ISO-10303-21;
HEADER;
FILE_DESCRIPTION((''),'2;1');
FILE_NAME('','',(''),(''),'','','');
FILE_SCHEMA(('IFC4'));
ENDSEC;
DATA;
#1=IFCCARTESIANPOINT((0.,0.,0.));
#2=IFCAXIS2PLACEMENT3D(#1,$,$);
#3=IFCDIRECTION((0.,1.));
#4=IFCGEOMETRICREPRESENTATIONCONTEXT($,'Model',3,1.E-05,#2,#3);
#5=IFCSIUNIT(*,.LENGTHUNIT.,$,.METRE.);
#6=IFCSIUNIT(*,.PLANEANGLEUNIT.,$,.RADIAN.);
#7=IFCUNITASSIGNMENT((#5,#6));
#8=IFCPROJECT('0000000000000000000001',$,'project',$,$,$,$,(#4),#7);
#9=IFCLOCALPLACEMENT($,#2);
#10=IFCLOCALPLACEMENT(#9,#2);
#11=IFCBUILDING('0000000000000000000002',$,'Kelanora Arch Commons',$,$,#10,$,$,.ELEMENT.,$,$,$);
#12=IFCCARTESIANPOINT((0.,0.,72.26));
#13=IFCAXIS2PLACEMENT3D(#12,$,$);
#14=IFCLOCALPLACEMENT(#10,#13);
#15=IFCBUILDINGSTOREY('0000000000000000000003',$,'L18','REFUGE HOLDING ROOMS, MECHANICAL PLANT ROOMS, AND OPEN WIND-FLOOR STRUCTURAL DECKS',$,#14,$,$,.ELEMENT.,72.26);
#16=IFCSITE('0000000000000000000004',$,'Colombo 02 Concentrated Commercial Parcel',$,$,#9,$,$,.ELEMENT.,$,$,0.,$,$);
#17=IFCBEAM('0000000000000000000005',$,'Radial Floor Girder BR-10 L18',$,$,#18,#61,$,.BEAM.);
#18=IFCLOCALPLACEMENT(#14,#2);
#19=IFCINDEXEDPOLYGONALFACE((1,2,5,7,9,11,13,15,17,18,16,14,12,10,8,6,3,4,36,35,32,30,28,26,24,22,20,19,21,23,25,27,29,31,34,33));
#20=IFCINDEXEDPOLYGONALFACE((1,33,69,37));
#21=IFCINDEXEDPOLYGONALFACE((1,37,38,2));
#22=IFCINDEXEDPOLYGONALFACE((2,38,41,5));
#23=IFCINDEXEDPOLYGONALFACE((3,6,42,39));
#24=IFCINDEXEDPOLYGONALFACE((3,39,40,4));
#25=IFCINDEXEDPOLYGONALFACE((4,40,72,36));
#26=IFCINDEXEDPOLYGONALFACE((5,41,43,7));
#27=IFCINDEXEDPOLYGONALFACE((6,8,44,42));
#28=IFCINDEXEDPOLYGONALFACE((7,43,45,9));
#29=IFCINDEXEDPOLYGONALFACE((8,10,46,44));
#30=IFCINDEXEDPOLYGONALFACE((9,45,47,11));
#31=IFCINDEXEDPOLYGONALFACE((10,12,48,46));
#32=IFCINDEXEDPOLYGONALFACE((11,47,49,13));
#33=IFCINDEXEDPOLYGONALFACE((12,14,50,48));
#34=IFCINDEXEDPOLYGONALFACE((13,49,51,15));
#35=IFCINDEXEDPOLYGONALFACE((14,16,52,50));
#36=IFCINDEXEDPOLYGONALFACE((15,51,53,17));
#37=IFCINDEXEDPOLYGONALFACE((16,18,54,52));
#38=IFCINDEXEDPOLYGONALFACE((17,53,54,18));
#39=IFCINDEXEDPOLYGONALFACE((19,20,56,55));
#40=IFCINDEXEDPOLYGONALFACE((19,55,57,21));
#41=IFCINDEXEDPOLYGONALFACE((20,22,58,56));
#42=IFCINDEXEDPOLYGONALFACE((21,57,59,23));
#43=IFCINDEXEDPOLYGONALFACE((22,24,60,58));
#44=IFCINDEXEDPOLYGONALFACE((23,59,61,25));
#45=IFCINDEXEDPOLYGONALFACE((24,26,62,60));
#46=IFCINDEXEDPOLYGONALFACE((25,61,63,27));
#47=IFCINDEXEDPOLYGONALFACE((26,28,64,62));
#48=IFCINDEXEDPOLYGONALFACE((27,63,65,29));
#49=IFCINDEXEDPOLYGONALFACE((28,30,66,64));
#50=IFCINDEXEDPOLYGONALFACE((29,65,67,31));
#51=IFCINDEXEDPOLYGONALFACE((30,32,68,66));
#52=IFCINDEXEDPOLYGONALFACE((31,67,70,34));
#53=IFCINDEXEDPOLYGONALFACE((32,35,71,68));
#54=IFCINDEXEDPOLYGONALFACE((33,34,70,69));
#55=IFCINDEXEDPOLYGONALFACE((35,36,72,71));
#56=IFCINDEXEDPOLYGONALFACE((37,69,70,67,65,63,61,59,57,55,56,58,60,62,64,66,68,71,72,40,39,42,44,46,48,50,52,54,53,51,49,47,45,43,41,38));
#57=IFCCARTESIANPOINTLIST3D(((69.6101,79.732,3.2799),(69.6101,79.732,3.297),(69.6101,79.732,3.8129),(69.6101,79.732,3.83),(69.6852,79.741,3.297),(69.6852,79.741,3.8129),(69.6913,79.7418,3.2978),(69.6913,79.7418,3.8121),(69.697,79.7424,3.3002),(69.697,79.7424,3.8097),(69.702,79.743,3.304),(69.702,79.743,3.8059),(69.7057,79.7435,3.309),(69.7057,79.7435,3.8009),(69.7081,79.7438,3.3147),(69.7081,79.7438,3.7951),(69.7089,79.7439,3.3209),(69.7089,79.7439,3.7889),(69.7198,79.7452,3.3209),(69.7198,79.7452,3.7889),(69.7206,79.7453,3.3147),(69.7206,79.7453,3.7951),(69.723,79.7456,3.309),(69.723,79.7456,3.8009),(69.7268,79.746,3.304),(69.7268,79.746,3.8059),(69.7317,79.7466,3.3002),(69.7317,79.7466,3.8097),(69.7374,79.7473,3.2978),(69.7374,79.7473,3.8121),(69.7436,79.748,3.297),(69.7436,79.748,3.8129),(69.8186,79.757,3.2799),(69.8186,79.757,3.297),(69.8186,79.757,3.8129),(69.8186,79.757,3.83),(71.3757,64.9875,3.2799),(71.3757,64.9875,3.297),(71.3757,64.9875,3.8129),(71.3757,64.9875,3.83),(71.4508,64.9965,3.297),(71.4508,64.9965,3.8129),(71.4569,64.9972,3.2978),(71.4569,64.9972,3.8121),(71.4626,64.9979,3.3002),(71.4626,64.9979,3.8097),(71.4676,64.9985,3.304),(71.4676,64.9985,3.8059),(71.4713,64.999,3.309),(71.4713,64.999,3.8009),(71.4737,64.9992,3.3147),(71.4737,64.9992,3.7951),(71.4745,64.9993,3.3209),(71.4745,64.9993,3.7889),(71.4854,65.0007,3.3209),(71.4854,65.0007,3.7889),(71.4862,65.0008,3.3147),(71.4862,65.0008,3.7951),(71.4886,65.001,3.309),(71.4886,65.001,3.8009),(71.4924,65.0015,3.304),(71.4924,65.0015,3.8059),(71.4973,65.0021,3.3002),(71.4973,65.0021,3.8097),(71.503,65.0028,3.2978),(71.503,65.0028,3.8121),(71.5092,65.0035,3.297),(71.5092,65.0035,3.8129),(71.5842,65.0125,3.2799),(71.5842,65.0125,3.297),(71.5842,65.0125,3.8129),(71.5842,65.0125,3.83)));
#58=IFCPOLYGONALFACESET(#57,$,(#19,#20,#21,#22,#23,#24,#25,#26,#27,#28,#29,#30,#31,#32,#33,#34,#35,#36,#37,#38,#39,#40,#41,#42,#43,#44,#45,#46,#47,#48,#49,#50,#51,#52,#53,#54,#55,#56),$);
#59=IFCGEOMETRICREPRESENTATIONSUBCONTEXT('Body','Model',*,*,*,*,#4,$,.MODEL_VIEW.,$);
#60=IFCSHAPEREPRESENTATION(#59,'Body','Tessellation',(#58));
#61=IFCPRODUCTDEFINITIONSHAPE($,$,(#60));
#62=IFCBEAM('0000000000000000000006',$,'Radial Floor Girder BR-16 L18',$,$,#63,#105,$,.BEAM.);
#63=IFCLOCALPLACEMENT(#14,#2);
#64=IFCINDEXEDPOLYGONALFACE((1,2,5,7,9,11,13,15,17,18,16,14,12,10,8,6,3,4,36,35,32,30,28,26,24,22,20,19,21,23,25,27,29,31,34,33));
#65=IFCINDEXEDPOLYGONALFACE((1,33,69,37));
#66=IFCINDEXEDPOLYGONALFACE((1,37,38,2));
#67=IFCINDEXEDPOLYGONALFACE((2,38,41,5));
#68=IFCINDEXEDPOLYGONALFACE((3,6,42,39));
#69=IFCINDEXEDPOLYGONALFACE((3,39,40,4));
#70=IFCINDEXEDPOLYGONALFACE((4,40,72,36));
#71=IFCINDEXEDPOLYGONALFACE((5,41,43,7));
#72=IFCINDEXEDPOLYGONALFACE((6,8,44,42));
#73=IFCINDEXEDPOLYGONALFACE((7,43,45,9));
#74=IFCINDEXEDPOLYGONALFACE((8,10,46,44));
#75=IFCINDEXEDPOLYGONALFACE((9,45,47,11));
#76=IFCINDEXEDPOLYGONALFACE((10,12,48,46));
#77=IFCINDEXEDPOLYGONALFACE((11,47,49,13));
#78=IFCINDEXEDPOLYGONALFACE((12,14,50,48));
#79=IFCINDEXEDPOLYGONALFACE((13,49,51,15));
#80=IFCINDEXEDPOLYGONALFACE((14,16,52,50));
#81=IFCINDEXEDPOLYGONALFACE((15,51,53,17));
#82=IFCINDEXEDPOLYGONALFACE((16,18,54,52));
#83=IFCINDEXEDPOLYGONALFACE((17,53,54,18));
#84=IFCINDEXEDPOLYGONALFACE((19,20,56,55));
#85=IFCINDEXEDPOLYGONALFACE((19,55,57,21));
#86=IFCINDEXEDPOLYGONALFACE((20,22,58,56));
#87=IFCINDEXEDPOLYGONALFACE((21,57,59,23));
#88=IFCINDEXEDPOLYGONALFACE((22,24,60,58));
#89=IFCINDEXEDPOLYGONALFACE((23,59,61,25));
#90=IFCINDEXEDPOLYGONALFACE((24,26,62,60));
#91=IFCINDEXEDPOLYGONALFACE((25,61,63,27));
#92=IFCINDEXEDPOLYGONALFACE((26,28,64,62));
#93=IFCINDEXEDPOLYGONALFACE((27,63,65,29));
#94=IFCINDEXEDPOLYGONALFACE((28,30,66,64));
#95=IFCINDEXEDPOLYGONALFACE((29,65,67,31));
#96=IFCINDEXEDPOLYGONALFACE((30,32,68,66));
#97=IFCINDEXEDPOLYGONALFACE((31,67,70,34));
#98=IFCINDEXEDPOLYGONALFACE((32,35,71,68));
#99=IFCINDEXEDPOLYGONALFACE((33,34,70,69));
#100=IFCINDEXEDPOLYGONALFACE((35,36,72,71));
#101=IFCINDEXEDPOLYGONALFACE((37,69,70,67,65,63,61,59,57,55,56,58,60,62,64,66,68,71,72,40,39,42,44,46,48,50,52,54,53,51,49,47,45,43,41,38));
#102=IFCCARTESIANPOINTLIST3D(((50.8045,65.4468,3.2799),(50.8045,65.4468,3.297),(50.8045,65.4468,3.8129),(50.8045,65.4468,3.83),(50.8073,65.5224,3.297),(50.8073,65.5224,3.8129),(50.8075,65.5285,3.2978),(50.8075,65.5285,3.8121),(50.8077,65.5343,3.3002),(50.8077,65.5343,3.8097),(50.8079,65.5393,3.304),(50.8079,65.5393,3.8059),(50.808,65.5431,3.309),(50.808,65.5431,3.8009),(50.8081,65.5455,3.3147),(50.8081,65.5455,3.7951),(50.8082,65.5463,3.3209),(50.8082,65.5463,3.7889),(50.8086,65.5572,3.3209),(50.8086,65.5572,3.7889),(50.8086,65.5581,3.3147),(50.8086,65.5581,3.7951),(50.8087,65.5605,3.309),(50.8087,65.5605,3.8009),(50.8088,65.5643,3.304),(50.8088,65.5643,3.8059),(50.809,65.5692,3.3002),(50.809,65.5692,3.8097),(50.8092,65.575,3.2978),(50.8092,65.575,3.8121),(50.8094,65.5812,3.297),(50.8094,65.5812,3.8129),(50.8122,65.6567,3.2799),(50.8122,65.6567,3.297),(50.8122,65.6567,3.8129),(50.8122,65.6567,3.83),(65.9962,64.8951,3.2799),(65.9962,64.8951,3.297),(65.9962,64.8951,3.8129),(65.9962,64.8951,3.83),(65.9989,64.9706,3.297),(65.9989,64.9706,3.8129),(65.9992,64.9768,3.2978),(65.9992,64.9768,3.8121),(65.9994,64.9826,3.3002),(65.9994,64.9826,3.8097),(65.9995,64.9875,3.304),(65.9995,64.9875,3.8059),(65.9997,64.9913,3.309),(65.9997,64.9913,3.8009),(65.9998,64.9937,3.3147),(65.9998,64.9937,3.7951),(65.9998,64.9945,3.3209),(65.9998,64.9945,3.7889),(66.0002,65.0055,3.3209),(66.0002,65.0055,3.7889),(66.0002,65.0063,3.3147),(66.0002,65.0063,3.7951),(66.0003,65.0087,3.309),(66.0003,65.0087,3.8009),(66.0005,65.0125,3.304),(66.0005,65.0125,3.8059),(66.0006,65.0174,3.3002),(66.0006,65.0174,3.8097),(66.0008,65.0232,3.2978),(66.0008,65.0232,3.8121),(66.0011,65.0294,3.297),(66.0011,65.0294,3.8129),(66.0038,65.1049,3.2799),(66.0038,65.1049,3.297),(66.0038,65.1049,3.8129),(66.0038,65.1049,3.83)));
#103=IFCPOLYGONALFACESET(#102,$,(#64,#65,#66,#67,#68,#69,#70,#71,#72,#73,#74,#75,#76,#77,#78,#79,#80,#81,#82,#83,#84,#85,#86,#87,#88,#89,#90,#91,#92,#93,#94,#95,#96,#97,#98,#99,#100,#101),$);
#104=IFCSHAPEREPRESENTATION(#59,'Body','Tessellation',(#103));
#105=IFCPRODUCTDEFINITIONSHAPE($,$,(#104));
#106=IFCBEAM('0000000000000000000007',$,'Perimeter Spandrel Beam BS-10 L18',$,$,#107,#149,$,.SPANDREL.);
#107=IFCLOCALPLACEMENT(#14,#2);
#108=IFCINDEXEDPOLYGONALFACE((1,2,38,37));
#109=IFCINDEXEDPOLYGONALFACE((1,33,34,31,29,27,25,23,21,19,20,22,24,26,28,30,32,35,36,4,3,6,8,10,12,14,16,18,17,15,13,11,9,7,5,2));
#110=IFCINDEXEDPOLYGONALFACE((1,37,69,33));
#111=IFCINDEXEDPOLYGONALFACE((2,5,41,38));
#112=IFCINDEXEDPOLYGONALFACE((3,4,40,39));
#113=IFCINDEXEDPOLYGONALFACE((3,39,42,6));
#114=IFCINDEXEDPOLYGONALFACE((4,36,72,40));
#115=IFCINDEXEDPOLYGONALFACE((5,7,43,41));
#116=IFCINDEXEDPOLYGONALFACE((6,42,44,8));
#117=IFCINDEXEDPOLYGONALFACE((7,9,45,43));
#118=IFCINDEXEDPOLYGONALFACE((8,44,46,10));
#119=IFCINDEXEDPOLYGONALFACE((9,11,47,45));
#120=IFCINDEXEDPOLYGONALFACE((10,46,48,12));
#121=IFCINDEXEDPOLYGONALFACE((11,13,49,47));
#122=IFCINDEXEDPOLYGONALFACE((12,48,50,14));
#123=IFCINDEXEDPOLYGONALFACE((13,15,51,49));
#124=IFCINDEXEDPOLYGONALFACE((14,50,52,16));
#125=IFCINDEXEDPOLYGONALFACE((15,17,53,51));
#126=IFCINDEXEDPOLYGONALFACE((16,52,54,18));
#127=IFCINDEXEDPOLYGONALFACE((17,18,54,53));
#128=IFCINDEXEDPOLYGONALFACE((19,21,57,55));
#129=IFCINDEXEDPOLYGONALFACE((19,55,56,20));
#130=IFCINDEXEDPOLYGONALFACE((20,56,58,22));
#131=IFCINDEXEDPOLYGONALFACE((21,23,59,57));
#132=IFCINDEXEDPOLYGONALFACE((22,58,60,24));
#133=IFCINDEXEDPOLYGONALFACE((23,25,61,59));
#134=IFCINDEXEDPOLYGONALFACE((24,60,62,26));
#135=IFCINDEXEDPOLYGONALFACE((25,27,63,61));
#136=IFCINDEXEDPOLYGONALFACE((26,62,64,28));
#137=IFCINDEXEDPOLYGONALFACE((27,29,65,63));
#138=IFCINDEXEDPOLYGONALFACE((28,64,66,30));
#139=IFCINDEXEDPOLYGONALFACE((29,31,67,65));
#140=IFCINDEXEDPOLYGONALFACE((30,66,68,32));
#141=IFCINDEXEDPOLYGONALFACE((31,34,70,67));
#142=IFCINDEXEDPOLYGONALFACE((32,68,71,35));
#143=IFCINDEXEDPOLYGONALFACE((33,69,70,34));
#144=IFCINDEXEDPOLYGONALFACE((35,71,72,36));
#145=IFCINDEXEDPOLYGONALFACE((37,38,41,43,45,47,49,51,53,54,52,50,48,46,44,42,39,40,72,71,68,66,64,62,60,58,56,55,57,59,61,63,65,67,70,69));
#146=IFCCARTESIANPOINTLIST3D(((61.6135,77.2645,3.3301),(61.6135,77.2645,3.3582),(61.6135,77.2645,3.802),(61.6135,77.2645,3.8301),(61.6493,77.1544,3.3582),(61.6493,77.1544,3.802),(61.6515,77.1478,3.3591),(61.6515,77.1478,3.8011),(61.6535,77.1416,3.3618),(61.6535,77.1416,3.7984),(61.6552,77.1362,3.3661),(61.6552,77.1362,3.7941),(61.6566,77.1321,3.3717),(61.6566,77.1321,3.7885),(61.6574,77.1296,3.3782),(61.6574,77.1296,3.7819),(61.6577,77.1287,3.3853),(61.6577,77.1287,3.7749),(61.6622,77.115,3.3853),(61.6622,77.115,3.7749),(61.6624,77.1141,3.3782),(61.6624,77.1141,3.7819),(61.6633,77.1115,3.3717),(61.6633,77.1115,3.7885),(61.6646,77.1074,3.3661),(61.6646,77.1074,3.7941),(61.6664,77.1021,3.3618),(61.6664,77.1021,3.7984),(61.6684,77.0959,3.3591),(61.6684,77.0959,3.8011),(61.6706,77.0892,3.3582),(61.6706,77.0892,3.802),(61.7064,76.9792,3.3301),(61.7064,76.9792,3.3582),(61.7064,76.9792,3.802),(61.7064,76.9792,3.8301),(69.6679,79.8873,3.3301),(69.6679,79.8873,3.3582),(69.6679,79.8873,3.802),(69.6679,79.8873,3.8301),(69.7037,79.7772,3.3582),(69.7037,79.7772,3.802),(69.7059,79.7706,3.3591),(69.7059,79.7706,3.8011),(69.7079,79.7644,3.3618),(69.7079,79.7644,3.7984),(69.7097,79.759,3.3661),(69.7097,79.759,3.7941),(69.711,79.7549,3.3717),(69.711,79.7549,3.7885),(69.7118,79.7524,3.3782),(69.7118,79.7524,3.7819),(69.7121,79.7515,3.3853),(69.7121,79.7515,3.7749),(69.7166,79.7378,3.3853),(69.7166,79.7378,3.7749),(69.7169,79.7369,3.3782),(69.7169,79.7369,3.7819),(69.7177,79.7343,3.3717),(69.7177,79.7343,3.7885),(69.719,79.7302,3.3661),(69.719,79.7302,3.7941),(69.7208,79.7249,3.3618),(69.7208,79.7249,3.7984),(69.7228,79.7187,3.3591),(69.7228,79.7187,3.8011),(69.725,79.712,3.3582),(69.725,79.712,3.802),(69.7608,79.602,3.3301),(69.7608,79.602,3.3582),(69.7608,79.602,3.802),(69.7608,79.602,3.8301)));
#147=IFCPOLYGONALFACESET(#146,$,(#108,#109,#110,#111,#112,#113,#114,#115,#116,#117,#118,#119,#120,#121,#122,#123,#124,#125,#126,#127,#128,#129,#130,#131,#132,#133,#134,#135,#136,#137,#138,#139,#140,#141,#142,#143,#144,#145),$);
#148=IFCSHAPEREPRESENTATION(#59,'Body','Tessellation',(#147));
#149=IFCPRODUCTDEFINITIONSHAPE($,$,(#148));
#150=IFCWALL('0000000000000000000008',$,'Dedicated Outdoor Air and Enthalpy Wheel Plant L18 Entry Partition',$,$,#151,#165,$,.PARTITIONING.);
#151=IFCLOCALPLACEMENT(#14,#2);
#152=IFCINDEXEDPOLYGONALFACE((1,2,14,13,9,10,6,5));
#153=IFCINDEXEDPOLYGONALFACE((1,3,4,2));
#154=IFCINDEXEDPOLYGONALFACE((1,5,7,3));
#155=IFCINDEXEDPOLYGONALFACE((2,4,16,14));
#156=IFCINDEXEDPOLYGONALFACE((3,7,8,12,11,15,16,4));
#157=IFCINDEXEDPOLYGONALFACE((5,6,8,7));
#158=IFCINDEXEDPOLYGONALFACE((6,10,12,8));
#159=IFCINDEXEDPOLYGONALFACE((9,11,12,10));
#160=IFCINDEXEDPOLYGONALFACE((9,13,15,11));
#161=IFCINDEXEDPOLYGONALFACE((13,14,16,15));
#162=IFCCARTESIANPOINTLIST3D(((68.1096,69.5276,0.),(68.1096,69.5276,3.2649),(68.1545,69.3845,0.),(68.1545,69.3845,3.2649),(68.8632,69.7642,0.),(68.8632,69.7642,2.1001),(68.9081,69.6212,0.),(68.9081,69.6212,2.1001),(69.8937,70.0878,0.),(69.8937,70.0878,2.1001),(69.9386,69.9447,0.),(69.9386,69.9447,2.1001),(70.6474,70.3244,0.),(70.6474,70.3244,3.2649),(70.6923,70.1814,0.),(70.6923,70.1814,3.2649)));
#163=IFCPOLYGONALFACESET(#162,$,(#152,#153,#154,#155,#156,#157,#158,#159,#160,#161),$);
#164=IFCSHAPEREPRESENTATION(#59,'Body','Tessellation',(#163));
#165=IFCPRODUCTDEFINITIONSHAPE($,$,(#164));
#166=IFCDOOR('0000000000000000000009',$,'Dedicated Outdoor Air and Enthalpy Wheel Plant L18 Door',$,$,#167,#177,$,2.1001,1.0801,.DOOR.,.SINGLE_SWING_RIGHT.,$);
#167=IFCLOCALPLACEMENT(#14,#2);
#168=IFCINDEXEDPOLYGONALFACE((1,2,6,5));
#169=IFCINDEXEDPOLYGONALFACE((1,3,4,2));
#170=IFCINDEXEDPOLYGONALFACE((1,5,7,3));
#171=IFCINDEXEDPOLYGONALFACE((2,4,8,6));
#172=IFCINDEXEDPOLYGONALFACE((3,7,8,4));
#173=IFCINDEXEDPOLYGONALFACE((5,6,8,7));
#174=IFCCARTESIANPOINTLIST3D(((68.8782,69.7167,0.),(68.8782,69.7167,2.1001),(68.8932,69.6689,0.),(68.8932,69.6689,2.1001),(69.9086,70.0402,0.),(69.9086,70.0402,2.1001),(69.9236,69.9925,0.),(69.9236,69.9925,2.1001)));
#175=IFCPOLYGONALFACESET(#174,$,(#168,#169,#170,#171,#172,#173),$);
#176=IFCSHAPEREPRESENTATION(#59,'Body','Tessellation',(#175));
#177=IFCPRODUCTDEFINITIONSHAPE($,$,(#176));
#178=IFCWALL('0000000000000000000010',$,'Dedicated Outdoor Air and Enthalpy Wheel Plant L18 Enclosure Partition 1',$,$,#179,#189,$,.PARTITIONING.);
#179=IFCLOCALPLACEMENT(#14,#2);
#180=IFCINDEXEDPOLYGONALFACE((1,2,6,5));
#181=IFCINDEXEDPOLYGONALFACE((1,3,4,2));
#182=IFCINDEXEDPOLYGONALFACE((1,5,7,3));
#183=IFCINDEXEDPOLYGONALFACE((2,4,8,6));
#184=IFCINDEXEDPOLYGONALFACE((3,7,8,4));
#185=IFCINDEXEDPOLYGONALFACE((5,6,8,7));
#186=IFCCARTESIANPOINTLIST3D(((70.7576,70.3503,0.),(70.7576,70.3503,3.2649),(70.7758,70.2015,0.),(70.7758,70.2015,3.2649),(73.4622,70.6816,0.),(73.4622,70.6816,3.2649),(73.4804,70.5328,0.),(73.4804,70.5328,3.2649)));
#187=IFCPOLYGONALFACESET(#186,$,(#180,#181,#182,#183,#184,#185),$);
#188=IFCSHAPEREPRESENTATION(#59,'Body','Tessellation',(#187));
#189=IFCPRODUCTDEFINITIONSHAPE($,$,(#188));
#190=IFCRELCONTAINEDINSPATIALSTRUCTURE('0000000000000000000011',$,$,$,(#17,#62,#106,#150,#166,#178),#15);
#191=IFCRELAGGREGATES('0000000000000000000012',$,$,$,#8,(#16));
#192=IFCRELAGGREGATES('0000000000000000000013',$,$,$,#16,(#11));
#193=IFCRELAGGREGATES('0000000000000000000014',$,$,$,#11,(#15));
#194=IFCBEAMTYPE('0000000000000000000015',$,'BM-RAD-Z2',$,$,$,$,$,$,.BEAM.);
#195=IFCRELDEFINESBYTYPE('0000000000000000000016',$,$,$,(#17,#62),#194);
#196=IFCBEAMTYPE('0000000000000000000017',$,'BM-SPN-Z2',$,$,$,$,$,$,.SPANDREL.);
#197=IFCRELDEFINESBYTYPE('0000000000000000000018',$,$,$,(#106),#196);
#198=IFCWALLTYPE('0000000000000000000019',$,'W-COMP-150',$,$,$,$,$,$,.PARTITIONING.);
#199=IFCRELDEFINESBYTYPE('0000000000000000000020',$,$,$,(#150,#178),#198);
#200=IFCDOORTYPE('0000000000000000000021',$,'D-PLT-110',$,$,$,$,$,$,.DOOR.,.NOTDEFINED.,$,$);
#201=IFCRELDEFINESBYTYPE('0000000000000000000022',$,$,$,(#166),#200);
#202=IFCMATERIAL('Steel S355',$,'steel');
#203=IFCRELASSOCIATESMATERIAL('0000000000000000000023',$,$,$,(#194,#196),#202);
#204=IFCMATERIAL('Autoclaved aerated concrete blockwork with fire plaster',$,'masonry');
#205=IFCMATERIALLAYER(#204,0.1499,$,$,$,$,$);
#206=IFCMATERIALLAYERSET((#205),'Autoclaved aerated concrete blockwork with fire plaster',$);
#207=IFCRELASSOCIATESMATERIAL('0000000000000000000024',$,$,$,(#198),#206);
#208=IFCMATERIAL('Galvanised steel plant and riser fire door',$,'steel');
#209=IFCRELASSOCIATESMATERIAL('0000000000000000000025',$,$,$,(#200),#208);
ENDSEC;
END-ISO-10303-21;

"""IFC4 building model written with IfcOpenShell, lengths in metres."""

from ifc_helpers import new_model, si_unit, direction, frame, frame_2d, origin, origin_2d, place, context, subcontext, project, spatial, rectangle, i_section, extrude, material, layer, layer_set, material_profile, profile_set, type_object, element, fill, save


model = new_model("IFC4")

# Units and contexts
model_context = context("Model", 3, precision=1e-05, world=origin(), true_north=direction((0.0, 1.0)))
body_context = subcontext(model_context, "Body", "Model", "MODEL_VIEW")
ifc_project = project(units=[si_unit("LENGTHUNIT", "METRE"), si_unit("PLANEANGLEUNIT", "RADIAN")], contexts=[model_context])

# Site, building, storey
site_placement = place(None, origin())
site = spatial("IfcSite", under=ifc_project, at=site_placement, Name="Colombo 02 Concentrated Commercial Parcel", CompositionType="ELEMENT", RefElevation=0.0)
building_placement = place(site_placement, origin())
building = spatial("IfcBuilding", under=site, at=building_placement, Name="Kelanora Arch Commons", CompositionType="ELEMENT")
storey_placement = place(building_placement, frame((0.0, 0.0, 72.26)))
storey = spatial("IfcBuildingStorey", under=building, at=storey_placement, Name="L18", Description="REFUGE HOLDING ROOMS, MECHANICAL PLANT ROOMS, AND OPEN WIND-FLOOR STRUCTURAL DECKS", CompositionType="ELEMENT", Elevation=72.26)

# Beams
ifc_material_1 = material(Name="Steel S355", Category="steel")
ifc_material_profile_1 = material_profile(ifc_material_1, i_section(OverallWidth=0.21, OverallDepth=0.55, WebThickness=0.011, FlangeThickness=0.0171, FilletRadius=0.0239, at=origin_2d()), Name="IPE550")
ifc_profile_set_1 = profile_set([ifc_material_profile_1], Name="Steel S355")
beam_type_1 = type_object("IfcBeamType", Name="BM-RAD-Z2", PredefinedType="BEAM", material=ifc_profile_set_1)
beam_1_placement = place(storey_placement, frame((71.48, 65.0, 3.5549), z_axis=(-0.118898, 0.992907, 0.0), x_axis=(-0.992907, -0.118898, 0.0)))
element("IfcBeam", 1, at=beam_1_placement, inside=storey, type_object=beam_type_1, Name="Radial Floor Girder BR-10 L18", PredefinedType="BEAM", context=body_context, shape_type="SweptSolid", body=[
    extrude(i_section(OverallWidth=0.21, OverallDepth=0.55, WebThickness=0.011, FlangeThickness=0.0171, FilletRadius=0.0239, at=origin_2d()), origin(), (0.0, 0.0, 1.0), 14.8499),
])
beam_2_placement = place(storey_placement, frame((66.0, 65.0, 3.5549), z_axis=(-0.999341, 0.036296, 0.0), x_axis=(-0.036296, -0.999341, 0.0)))
element("IfcBeam", 2, at=beam_2_placement, inside=storey, type_object=beam_type_1, Name="Radial Floor Girder BR-16 L18", PredefinedType="BEAM", context=body_context, shape_type="SweptSolid", body=[
    extrude(i_section(OverallWidth=0.21, OverallDepth=0.55, WebThickness=0.011, FlangeThickness=0.0171, FilletRadius=0.0239, at=origin_2d()), origin(), (0.0, 0.0, 1.0), 15.2017),
])
ifc_material_profile_2 = material_profile(ifc_material_1, i_section(OverallWidth=0.3, OverallDepth=0.5, WebThickness=0.0144, FlangeThickness=0.0281, FilletRadius=0.0271, at=origin_2d()), Name="HEB500")
ifc_profile_set_2 = profile_set([ifc_material_profile_2], Name="Steel S355")
beam_type_2 = type_object("IfcBeamType", Name="BM-SPN-Z2", PredefinedType="SPANDREL", material=ifc_profile_set_2)
beam_3_placement = place(storey_placement, frame((69.7144, 79.7446, 3.5801), z_axis=(-0.950857, -0.309631, 0.0), x_axis=(0.309631, -0.950857, 0.0)))
element("IfcBeam", 3, at=beam_3_placement, inside=storey, type_object=beam_type_2, Name="Perimeter Spandrel Beam BS-10 L18", PredefinedType="SPANDREL", context=body_context, shape_type="SweptSolid", body=[
    extrude(i_section(OverallWidth=0.3, OverallDepth=0.5, WebThickness=0.0144, FlangeThickness=0.0281, FilletRadius=0.0271, at=origin_2d()), origin(), (0.0, 0.0, 1.0), 8.4707),
])

# Wall, opening, door
ifc_material_2 = material(Name="Autoclaved aerated concrete blockwork with fire plaster", Category="masonry")
ifc_layer_1 = layer(ifc_material_2, 0.1499)
ifc_layer_set_1 = layer_set([ifc_layer_1], Name="Autoclaved aerated concrete blockwork with fire plaster")
wall_type_1 = type_object("IfcWallType", Name="W-COMP-150", PredefinedType="PARTITIONING", material=ifc_layer_set_1)
wall_1_placement = place(storey_placement, frame((70.6699, 70.2529, 0.0), z_axis=(0.0, 0.0, 1.0), x_axis=(-0.954072, -0.299576, 0.0)))
wall_1 = element("IfcWall", 4, at=wall_1_placement, inside=storey, type_object=wall_type_1, Name="Dedicated Outdoor Air and Enthalpy Wheel Plant L18 Entry Partition", PredefinedType="PARTITIONING", context=body_context, shape_type="SweptSolid", body=[
    extrude(rectangle(XDim=2.6599, YDim=0.1499, at=frame_2d((1.3301, 0.0))), origin(), (0.0, 0.0, 1.0), 3.2649),
])
opening_1_placement = place(wall_1_placement, frame((0.79, 0.0, 0.0)))
opening_1 = element("IfcOpeningElement", 5, at=opening_1_placement, cuts=wall_1, PredefinedType="OPENING", context=body_context, shape_type="SweptSolid", body=[
    extrude(rectangle(XDim=1.0801, YDim=2.1001, at=frame_2d((0.54, 1.05))), frame((0.0, 0.085, 0.0), z_axis=(0.0, -1.0, 0.0), x_axis=(1.0, 0.0, 0.0)), (0.0, 0.0, 1.0), 0.1699),
])
ifc_material_3 = material(Name="Galvanised steel plant and riser fire door", Category="steel")
door_type_1 = type_object("IfcDoorType", Name="D-PLT-110", OperationType="NOTDEFINED", PredefinedType="DOOR", material=ifc_material_3)
door_1_placement = place(opening_1_placement, origin())
door_1 = element("IfcDoor", 6, at=door_1_placement, inside=storey, type_object=door_type_1, Name="Dedicated Outdoor Air and Enthalpy Wheel Plant L18 Door", OperationType="SINGLE_SWING_RIGHT", OverallHeight=2.1001, OverallWidth=1.0801, PredefinedType="DOOR", context=body_context, shape_type="SweptSolid", body=[
    extrude(rectangle(XDim=1.0801, YDim=2.1001, at=frame_2d((0.54, 1.05))), frame((0.0, 0.0249, 0.0), z_axis=(0.0, -1.0, 0.0), x_axis=(1.0, 0.0, 0.0)), (0.0, 0.0, 1.0), 0.05),
])
fill(opening_1, door_1)

# Wall
wall_2_placement = place(storey_placement, frame((73.4712, 70.6072, 0.0), z_axis=(0.0, 0.0, 1.0), x_axis=(-0.992581, -0.121586, 0.0)))
element("IfcWall", 7, at=wall_2_placement, inside=storey, type_object=wall_type_1, Name="Dedicated Outdoor Air and Enthalpy Wheel Plant L18 Enclosure Partition 1", PredefinedType="PARTITIONING", context=body_context, shape_type="SweptSolid", body=[
    extrude(rectangle(XDim=2.7249, YDim=0.1499, at=frame_2d((1.3623, 0.0))), origin(), (0.0, 0.0, 1.0), 3.2649),
])

save(model, "model.ifc")
